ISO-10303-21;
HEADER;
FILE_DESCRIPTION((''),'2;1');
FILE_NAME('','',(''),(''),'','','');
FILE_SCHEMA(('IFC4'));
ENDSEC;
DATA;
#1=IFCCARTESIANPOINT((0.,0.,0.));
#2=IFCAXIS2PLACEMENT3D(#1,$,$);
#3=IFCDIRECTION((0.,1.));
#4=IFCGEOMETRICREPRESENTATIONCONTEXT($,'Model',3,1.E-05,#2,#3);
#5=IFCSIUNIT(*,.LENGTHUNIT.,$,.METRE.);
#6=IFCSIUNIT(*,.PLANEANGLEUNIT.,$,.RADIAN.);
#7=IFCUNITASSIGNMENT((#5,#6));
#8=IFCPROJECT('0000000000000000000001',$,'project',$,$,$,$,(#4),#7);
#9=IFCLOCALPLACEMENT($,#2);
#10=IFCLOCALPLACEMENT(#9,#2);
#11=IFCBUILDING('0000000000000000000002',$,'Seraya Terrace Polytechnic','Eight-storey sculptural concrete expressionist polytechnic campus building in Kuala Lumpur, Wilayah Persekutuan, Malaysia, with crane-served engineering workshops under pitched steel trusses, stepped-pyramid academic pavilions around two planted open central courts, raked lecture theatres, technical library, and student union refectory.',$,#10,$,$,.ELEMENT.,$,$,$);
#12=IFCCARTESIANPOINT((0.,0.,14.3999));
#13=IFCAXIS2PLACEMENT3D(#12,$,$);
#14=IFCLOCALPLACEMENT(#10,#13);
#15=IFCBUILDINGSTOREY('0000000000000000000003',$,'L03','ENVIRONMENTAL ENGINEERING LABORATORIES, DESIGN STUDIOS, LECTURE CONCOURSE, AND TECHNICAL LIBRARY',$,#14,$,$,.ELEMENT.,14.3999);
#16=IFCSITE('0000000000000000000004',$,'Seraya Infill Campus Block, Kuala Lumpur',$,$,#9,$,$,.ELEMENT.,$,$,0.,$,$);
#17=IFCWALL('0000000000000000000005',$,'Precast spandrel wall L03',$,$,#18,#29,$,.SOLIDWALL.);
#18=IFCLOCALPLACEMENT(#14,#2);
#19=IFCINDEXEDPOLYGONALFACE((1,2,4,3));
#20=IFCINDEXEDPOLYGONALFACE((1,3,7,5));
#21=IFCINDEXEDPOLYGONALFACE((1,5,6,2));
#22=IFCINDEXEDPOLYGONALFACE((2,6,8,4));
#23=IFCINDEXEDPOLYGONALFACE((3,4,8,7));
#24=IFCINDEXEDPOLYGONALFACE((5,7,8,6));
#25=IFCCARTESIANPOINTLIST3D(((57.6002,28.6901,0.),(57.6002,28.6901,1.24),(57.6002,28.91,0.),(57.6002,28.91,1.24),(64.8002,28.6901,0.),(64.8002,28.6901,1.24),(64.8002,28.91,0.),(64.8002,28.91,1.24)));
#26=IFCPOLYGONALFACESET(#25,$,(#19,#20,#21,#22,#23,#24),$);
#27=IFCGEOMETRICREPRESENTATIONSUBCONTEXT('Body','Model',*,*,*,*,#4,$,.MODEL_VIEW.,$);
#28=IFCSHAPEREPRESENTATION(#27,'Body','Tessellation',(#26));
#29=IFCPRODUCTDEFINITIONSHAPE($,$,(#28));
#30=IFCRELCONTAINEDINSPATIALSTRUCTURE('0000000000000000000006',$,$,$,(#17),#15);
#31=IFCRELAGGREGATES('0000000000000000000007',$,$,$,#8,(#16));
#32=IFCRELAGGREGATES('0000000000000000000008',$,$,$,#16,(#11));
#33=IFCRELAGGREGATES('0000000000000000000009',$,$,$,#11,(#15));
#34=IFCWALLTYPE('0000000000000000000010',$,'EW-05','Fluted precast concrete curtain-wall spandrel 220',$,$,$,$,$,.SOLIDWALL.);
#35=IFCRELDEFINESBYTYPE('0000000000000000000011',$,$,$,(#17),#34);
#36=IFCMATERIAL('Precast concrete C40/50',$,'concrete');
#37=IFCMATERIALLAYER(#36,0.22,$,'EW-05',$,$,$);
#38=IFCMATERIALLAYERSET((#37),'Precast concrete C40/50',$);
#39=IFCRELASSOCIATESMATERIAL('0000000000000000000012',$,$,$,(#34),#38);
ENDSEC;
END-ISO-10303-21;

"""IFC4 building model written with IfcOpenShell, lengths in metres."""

from ifc_helpers import new_model, si_unit, direction, frame, frame_2d, origin, place, context, subcontext, project, spatial, rectangle, extrude, material, layer, layer_set, type_object, element, save


model = new_model("IFC4")

# Units and contexts
model_context = context("Model", 3, precision=1e-05, world=origin(), true_north=direction((0.0, 1.0)))
body_context = subcontext(model_context, "Body", "Model", "MODEL_VIEW")
ifc_project = project(units=[si_unit("LENGTHUNIT", "METRE"), si_unit("PLANEANGLEUNIT", "RADIAN")], contexts=[model_context])

# Site, building, storey
site_placement = place(None, origin())
site = spatial("IfcSite", under=ifc_project, at=site_placement, Name="Seraya Infill Campus Block, Kuala Lumpur", CompositionType="ELEMENT", RefElevation=0.0)
building_placement = place(site_placement, origin())
building = spatial("IfcBuilding", under=site, at=building_placement, Name="Seraya Terrace Polytechnic", Description="Eight-storey sculptural concrete expressionist polytechnic campus building in Kuala Lumpur, Wilayah Persekutuan, Malaysia, with crane-served engineering workshops under pitched steel trusses, stepped-pyramid academic pavilions around two planted open central courts, raked lecture theatres, technical library, and student union refectory.", CompositionType="ELEMENT")
storey_placement = place(building_placement, frame((0.0, 0.0, 14.3999)))
storey = spatial("IfcBuildingStorey", under=building, at=storey_placement, Name="L03", Description="ENVIRONMENTAL ENGINEERING LABORATORIES, DESIGN STUDIOS, LECTURE CONCOURSE, AND TECHNICAL LIBRARY", CompositionType="ELEMENT", Elevation=14.3999)

# Wall
ifc_material_1 = material(Name="Precast concrete C40/50", Category="concrete")
ifc_layer_1 = layer(ifc_material_1, 0.22, Name="EW-05")
ifc_layer_set_1 = layer_set([ifc_layer_1], Name="Precast concrete C40/50")
wall_type = type_object("IfcWallType", Name="EW-05", Description="Fluted precast concrete curtain-wall spandrel 220", PredefinedType="SOLIDWALL", material=ifc_layer_set_1)
wall_1_placement = place(storey_placement, frame((57.6001, 28.8, 0.0), z_axis=(0.0, 0.0, 1.0), x_axis=(1.0, 0.0, 0.0)))
element("IfcWall", 1, at=wall_1_placement, inside=storey, type_object=wall_type, Name="Precast spandrel wall L03", PredefinedType="SOLIDWALL", context=body_context, shape_type="SweptSolid", body=[
    extrude(rectangle(XDim=7.2, YDim=0.22, at=frame_2d((3.6001, 0.0))), origin(), (0.0, 0.0, 1.0), 1.24),
])

save(model, "model.ifc")
